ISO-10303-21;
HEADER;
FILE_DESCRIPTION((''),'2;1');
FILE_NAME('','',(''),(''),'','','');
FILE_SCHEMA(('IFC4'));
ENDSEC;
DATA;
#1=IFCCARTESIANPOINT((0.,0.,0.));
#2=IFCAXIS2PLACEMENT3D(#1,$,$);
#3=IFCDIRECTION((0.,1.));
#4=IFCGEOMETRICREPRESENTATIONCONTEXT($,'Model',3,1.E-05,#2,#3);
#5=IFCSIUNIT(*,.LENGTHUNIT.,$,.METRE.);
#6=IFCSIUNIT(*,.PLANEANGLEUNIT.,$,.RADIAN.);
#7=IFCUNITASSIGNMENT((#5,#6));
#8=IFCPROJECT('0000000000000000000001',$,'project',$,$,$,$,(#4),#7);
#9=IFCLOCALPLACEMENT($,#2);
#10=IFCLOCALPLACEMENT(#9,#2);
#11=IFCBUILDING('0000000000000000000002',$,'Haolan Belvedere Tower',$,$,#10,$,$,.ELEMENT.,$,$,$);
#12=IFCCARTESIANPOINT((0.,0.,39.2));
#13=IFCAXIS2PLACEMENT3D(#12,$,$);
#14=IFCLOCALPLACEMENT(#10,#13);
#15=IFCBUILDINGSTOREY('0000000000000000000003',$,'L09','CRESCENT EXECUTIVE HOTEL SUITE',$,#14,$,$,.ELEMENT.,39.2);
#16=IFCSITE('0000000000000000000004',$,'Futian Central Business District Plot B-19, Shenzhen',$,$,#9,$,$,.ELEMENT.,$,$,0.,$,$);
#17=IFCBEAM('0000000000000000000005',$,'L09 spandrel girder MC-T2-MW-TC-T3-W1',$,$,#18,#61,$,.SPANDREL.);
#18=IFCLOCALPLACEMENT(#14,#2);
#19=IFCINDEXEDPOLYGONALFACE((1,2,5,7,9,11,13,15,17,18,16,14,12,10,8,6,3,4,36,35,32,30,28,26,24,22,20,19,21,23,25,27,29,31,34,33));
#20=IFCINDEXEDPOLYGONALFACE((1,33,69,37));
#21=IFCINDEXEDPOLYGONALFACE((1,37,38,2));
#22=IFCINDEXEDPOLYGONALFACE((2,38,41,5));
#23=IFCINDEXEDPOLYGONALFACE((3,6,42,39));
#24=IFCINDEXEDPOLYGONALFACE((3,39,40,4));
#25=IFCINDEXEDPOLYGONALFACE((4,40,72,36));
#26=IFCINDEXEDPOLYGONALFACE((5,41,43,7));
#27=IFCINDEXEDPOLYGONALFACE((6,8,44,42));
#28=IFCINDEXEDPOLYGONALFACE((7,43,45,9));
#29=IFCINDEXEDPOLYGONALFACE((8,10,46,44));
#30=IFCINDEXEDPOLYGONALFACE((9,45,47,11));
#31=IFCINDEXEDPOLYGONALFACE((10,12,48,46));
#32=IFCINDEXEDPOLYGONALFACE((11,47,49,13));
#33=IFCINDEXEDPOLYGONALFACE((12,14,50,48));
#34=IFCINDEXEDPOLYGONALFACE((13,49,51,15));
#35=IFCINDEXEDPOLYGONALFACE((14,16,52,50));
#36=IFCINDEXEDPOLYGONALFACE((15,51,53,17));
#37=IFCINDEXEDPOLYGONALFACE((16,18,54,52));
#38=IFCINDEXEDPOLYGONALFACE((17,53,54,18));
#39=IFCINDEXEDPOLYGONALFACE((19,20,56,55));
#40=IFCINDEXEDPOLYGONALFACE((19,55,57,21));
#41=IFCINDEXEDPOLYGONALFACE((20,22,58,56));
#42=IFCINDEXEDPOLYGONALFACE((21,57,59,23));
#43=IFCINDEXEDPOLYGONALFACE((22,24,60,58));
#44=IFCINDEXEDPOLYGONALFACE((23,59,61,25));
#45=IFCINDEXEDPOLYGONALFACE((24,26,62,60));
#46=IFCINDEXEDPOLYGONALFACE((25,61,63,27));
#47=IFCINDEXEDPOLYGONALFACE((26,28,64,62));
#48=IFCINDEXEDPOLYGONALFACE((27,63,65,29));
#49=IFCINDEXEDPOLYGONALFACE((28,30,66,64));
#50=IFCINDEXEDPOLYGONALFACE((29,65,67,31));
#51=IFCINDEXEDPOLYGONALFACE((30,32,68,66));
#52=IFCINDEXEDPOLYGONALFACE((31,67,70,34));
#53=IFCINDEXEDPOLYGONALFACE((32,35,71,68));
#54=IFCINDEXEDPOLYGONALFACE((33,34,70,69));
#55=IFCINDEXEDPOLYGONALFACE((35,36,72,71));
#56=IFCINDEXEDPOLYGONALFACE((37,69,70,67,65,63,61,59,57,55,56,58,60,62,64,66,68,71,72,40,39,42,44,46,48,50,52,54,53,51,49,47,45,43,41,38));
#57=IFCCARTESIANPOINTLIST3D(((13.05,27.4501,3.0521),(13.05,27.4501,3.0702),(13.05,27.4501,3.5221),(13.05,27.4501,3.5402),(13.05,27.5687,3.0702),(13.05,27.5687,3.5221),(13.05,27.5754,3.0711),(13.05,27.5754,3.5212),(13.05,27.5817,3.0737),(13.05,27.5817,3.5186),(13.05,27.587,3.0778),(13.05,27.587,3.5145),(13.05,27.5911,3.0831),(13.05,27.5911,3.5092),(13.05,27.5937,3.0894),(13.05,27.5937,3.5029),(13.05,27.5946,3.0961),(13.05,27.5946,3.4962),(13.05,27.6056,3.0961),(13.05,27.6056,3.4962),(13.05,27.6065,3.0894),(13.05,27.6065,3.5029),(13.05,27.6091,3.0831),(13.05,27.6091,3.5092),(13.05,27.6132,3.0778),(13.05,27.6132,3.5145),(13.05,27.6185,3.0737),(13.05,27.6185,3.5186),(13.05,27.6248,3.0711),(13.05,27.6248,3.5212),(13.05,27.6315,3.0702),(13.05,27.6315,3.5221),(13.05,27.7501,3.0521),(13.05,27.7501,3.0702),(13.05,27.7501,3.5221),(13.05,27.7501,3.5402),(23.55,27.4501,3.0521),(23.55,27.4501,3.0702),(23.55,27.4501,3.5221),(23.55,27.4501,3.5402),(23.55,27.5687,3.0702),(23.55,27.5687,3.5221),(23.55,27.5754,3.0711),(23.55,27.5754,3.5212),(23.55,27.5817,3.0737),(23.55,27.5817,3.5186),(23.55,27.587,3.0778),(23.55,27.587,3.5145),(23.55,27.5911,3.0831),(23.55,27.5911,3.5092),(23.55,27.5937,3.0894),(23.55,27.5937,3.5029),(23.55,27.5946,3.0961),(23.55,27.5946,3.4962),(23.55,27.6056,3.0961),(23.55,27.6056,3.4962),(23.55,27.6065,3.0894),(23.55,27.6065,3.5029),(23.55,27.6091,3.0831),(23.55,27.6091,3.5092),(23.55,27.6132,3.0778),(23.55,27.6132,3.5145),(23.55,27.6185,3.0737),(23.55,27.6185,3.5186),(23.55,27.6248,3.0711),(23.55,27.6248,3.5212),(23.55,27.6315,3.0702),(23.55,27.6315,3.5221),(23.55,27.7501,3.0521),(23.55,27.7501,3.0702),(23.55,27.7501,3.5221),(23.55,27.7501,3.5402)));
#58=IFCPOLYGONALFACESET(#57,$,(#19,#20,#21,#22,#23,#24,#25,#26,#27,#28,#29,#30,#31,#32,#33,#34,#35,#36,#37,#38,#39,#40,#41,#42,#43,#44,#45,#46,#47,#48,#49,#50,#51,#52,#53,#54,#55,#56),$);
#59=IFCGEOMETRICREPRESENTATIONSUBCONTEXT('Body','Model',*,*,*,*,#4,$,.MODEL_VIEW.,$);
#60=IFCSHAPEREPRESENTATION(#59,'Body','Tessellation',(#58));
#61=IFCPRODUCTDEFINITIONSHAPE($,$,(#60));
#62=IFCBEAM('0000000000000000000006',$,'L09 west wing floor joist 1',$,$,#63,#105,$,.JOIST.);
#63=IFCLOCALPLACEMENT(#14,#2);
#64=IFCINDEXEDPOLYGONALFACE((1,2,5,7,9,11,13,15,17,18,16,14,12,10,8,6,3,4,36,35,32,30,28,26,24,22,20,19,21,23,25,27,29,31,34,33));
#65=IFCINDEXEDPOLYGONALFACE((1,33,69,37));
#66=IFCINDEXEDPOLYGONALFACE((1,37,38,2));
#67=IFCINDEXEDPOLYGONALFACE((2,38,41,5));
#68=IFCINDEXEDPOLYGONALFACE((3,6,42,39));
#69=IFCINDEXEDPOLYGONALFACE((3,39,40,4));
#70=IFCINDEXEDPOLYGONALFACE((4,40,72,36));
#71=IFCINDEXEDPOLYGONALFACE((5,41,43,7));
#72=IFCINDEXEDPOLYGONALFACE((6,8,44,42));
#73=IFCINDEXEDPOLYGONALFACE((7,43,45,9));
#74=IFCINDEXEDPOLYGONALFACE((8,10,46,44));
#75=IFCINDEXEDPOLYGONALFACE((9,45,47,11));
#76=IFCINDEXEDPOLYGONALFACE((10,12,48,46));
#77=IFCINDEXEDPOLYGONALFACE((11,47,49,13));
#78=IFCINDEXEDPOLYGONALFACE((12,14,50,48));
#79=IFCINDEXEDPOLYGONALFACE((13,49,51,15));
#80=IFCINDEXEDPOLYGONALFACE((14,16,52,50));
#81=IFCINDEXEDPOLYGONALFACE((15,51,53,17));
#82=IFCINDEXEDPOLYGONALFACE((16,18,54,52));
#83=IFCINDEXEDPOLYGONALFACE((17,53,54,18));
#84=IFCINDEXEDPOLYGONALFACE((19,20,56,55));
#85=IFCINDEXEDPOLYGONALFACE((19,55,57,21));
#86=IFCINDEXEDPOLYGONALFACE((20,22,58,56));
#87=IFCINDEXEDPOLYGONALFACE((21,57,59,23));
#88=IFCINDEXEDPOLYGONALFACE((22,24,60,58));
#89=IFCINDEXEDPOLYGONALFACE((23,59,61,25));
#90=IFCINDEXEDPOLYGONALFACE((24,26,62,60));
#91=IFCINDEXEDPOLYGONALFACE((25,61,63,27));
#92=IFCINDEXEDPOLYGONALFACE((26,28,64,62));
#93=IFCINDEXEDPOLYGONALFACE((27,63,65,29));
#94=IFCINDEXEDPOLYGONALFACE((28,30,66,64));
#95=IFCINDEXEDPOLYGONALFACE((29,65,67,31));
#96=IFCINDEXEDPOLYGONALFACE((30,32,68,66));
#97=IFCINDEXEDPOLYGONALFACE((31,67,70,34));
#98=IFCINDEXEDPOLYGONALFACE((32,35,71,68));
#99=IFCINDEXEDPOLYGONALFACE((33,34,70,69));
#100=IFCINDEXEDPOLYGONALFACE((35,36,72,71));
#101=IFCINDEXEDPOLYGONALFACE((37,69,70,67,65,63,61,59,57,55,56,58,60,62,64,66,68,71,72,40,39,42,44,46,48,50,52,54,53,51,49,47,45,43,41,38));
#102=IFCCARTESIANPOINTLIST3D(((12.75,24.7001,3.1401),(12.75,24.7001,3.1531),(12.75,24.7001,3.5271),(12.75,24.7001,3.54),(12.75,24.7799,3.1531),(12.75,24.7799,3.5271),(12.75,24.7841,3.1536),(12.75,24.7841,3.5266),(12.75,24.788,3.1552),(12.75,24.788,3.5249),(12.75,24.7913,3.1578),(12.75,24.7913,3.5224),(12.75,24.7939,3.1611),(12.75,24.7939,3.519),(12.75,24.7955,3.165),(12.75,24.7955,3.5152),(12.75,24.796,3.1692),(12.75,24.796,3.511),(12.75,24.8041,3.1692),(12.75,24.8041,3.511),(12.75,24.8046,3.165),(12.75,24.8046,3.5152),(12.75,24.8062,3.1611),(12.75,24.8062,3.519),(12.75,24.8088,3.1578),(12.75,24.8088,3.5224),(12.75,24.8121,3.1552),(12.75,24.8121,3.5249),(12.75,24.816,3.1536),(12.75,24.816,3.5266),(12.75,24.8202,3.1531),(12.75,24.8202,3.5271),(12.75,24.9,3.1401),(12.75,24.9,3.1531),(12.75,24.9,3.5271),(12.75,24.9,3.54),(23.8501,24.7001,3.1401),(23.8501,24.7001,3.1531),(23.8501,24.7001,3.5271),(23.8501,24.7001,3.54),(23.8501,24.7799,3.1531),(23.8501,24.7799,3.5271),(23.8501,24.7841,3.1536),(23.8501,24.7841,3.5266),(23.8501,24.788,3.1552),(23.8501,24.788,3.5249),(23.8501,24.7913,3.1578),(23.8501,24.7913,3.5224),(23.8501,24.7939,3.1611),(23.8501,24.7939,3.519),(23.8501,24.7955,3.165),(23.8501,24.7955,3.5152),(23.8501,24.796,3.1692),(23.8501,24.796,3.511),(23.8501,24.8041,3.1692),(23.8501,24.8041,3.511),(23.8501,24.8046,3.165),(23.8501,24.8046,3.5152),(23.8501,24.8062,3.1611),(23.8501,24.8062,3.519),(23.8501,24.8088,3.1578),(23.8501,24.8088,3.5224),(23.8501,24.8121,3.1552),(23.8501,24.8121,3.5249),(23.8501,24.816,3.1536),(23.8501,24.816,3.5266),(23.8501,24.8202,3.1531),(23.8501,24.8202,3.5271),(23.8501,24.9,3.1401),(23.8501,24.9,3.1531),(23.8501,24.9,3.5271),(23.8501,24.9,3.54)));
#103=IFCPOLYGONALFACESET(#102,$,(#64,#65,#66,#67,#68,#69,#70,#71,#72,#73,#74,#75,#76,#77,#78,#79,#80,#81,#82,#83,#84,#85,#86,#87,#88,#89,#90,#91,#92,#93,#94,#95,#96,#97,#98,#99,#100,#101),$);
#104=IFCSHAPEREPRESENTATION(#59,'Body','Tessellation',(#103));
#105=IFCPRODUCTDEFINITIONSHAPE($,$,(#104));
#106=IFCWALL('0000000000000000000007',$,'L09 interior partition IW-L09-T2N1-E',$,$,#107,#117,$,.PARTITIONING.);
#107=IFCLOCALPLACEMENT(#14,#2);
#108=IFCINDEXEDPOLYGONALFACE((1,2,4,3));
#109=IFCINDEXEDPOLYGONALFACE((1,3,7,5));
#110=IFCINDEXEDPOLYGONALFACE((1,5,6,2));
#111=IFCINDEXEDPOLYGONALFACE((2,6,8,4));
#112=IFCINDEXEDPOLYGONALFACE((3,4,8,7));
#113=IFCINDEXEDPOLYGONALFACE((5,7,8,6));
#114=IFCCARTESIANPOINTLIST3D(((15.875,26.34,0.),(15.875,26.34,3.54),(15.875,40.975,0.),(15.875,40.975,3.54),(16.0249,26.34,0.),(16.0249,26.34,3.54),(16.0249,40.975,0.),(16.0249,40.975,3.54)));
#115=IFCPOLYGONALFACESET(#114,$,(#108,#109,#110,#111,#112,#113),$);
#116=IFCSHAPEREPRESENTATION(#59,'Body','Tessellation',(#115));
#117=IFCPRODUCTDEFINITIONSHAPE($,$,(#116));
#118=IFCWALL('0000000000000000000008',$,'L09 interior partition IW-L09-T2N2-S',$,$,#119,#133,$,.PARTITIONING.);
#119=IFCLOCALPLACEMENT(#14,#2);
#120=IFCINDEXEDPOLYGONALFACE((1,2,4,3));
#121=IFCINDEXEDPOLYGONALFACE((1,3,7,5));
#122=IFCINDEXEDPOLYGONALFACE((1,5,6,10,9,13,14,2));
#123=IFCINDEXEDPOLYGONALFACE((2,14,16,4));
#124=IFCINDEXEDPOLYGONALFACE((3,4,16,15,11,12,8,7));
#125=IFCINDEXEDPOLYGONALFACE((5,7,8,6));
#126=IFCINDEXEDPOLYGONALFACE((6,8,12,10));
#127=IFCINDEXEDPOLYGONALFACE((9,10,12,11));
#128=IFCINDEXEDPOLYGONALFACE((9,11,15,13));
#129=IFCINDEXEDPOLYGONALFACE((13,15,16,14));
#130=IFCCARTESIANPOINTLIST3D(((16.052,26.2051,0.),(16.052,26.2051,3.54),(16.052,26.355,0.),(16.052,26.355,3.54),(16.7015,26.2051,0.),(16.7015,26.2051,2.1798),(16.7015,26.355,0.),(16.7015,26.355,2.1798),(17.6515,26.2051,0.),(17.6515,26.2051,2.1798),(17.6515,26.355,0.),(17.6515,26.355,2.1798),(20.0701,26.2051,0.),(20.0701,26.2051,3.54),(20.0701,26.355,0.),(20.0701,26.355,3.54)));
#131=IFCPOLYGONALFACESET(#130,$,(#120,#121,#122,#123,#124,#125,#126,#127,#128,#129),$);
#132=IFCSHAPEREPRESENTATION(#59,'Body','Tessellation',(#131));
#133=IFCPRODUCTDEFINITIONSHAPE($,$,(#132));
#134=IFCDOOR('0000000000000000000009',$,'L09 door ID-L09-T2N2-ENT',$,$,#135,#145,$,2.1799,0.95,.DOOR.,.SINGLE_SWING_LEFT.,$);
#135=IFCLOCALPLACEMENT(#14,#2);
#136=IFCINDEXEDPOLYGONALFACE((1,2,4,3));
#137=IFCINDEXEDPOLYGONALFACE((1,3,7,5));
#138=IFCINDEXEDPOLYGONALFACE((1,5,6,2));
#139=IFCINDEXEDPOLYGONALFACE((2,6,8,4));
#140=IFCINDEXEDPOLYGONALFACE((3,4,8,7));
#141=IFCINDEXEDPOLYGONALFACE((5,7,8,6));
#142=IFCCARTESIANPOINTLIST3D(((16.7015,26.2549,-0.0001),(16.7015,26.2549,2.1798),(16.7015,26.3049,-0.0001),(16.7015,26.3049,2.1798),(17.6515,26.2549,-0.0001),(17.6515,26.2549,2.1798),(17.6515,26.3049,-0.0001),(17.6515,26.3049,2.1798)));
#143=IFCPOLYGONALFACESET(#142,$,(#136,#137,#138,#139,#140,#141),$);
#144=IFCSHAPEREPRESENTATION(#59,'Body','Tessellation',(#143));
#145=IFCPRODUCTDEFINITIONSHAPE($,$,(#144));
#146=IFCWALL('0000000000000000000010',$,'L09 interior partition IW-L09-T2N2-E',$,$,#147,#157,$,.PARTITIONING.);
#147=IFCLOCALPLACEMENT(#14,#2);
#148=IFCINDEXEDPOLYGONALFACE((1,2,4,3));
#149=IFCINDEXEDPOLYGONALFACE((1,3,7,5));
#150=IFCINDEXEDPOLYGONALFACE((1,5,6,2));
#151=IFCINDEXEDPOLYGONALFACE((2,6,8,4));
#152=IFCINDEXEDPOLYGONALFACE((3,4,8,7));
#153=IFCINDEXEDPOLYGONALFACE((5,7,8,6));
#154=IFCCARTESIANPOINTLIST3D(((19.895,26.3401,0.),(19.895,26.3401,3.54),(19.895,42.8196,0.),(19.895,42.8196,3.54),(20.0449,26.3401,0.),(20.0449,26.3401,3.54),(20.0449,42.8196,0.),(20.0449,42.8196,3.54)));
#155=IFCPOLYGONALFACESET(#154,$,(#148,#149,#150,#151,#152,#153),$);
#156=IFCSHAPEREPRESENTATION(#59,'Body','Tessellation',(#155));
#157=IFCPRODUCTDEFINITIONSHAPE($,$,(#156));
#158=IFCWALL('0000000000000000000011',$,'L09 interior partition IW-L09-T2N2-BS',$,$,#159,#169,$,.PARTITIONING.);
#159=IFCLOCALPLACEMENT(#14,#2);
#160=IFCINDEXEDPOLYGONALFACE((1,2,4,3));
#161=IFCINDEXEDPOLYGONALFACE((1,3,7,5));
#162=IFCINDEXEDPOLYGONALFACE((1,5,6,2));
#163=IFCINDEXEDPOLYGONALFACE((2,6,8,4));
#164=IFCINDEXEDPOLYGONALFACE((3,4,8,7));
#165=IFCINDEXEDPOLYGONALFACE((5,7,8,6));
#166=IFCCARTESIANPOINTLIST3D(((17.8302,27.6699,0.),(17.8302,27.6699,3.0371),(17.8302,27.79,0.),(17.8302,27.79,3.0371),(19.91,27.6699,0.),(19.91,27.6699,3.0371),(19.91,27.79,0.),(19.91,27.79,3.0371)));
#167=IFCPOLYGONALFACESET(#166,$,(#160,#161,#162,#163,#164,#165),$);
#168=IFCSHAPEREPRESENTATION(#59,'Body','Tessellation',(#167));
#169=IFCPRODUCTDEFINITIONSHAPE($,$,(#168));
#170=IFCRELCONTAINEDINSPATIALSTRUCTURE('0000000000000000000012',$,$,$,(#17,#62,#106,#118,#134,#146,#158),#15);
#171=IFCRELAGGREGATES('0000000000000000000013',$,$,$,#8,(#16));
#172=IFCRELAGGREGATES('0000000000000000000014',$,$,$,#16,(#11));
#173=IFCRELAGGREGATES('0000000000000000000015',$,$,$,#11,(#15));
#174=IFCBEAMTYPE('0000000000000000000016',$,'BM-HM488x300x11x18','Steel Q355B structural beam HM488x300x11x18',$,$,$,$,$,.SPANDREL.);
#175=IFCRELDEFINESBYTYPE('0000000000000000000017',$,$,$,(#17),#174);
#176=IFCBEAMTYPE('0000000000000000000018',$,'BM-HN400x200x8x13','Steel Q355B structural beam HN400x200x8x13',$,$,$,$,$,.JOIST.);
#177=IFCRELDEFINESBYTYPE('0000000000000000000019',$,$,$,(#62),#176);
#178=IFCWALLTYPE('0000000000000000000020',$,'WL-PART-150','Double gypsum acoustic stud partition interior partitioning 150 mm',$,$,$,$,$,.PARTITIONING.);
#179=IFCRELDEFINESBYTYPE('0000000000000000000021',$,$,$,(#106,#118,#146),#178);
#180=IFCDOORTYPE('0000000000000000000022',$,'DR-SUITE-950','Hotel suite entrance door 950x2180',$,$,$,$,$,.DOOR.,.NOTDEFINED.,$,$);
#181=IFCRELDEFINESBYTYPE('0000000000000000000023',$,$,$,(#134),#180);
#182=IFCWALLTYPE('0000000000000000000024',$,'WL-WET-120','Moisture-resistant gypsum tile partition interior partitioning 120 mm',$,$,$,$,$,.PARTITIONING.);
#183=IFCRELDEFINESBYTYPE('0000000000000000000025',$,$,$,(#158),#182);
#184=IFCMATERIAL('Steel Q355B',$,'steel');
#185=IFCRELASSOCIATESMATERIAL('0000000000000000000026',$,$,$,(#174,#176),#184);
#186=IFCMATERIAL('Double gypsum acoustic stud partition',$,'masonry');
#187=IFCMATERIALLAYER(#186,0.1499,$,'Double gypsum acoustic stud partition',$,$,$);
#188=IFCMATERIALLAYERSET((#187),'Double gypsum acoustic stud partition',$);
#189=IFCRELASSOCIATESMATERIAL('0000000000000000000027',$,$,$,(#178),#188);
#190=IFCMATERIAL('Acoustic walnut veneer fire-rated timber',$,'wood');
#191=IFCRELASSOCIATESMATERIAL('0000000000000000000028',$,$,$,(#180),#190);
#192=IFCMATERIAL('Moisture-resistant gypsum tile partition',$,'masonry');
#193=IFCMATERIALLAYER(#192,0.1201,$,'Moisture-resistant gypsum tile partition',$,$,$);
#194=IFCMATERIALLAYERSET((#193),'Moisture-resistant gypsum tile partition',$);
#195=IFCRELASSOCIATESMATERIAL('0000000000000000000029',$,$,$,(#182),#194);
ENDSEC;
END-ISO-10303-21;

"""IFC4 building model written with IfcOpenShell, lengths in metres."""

from ifc_helpers import new_model, si_unit, direction, frame, frame_2d, origin, origin_2d, place, context, subcontext, project, spatial, rectangle, i_section, extrude, material, layer, layer_set, material_profile, profile_set, type_object, element, fill, save


model = new_model("IFC4")

# Units and contexts
model_context = context("Model", 3, precision=1e-05, world=origin(), true_north=direction((0.0, 1.0)))
body_context = subcontext(model_context, "Body", "Model", "MODEL_VIEW")
ifc_project = project(units=[si_unit("LENGTHUNIT", "METRE"), si_unit("PLANEANGLEUNIT", "RADIAN")], contexts=[model_context])

# Site, building, storey
site_placement = place(None, origin())
site = spatial("IfcSite", under=ifc_project, at=site_placement, Name="Futian Central Business District Plot B-19, Shenzhen", CompositionType="ELEMENT", RefElevation=0.0)
building_placement = place(site_placement, origin())
building = spatial("IfcBuilding", under=site, at=building_placement, Name="Haolan Belvedere Tower", CompositionType="ELEMENT")
storey_placement = place(building_placement, frame((0.0, 0.0, 39.2)))
storey = spatial("IfcBuildingStorey", under=building, at=storey_placement, Name="L09", Description="CRESCENT EXECUTIVE HOTEL SUITE", CompositionType="ELEMENT", Elevation=39.2)

# Beams
ifc_material_1 = material(Name="Steel Q355B", Category="steel")
ifc_material_profile_1 = material_profile(ifc_material_1, i_section(OverallWidth=0.3, OverallDepth=0.488, WebThickness=0.011, FlangeThickness=0.0181, FilletRadius=0.0259, at=origin_2d()), Name="Steel Q355B")
ifc_profile_set_1 = profile_set([ifc_material_profile_1], Name="Steel Q355B")
beam_type_1 = type_object("IfcBeamType", Name="BM-HM488x300x11x18", Description="Steel Q355B structural beam HM488x300x11x18", PredefinedType="SPANDREL", material=ifc_profile_set_1)
beam_1_placement = place(storey_placement, frame((13.05, 27.6001, 3.2961), z_axis=(1.0, 0.0, 0.0), x_axis=(0.0, 1.0, 0.0)))
element("IfcBeam", 1, at=beam_1_placement, inside=storey, type_object=beam_type_1, Name="L09 spandrel girder MC-T2-MW-TC-T3-W1", PredefinedType="SPANDREL", context=body_context, shape_type="SweptSolid", body=[
    extrude(i_section(OverallWidth=0.3, OverallDepth=0.488, WebThickness=0.011, FlangeThickness=0.0181, FilletRadius=0.0259, at=origin_2d()), origin(), (0.0, 0.0, 1.0), 10.5),
])
ifc_material_profile_2 = material_profile(ifc_material_1, i_section(OverallWidth=0.2, OverallDepth=0.3999, WebThickness=0.0081, FlangeThickness=0.0129, FilletRadius=0.0161, at=origin_2d()), Name="Steel Q355B")
ifc_profile_set_2 = profile_set([ifc_material_profile_2], Name="Steel Q355B")
beam_type_2 = type_object("IfcBeamType", Name="BM-HN400x200x8x13", Description="Steel Q355B structural beam HN400x200x8x13", PredefinedType="JOIST", material=ifc_profile_set_2)
beam_2_placement = place(storey_placement, frame((12.75, 24.8, 3.3401), z_axis=(1.0, 0.0, 0.0), x_axis=(0.0, 1.0, 0.0)))
element("IfcBeam", 2, at=beam_2_placement, inside=storey, type_object=beam_type_2, Name="L09 west wing floor joist 1", PredefinedType="JOIST", context=body_context, shape_type="SweptSolid", body=[
    extrude(i_section(OverallWidth=0.2, OverallDepth=0.3999, WebThickness=0.0081, FlangeThickness=0.0129, FilletRadius=0.0161, at=origin_2d()), origin(), (0.0, 0.0, 1.0), 11.1001),
])

# Wall
ifc_material_2 = material(Name="Double gypsum acoustic stud partition", Category="masonry")
ifc_layer_1 = layer(ifc_material_2, 0.1499, Name="Double gypsum acoustic stud partition")
ifc_layer_set_1 = layer_set([ifc_layer_1], Name="Double gypsum acoustic stud partition")
wall_type_1 = type_object("IfcWallType", Name="WL-PART-150", Description="Double gypsum acoustic stud partition interior partitioning 150 mm", PredefinedType="PARTITIONING", material=ifc_layer_set_1)
wall_1_placement = place(storey_placement, frame((15.95, 26.3401, 0.0), z_axis=(0.0, 0.0, 1.0), x_axis=(0.0, 1.0, 0.0)))
element("IfcWall", 3, at=wall_1_placement, inside=storey, type_object=wall_type_1, Name="L09 interior partition IW-L09-T2N1-E", PredefinedType="PARTITIONING", context=body_context, shape_type="SweptSolid", body=[
    extrude(rectangle(XDim=14.635, YDim=0.1499, at=frame_2d((7.3174, 0.0))), origin(), (0.0, 0.0, 1.0), 3.54),
])

# Wall, opening, door
wall_2_placement = place(storey_placement, frame((16.052, 26.28, 0.0), z_axis=(0.0, 0.0, 1.0), x_axis=(1.0, 0.0, 0.0)))
wall_2 = element("IfcWall", 4, at=wall_2_placement, inside=storey, type_object=wall_type_1, Name="L09 interior partition IW-L09-T2N2-S", PredefinedType="PARTITIONING", context=body_context, shape_type="SweptSolid", body=[
    extrude(rectangle(XDim=4.0181, YDim=0.1499, at=frame_2d((2.009, 0.0))), origin(), (0.0, 0.0, 1.0), 3.54),
])
opening_1_placement = place(wall_2_placement, frame((0.6494, 0.0, 0.0)))
opening_1 = element("IfcOpeningElement", 5, at=opening_1_placement, cuts=wall_2, PredefinedType="OPENING", context=body_context, shape_type="SweptSolid", body=[
    extrude(rectangle(XDim=0.95, YDim=2.1799, at=frame_2d((0.4751, 1.0898))), frame((0.0, 0.085, 0.0), z_axis=(0.0, -1.0, 0.0), x_axis=(1.0, 0.0, 0.0)), (0.0, 0.0, 1.0), 0.1699),
])
ifc_material_3 = material(Name="Acoustic walnut veneer fire-rated timber", Category="wood")
door_type_1 = type_object("IfcDoorType", Name="DR-SUITE-950", Description="Hotel suite entrance door 950x2180", OperationType="NOTDEFINED", PredefinedType="DOOR", material=ifc_material_3)
door_1_placement = place(opening_1_placement, origin())
door_1 = element("IfcDoor", 6, at=door_1_placement, inside=storey, type_object=door_type_1, Name="L09 door ID-L09-T2N2-ENT", OperationType="SINGLE_SWING_LEFT", OverallHeight=2.1799, OverallWidth=0.95, PredefinedType="DOOR", context=body_context, shape_type="SweptSolid", body=[
    extrude(rectangle(XDim=0.95, YDim=2.1799, at=frame_2d((0.4751, 1.0898))), frame((0.0, 0.0249, 0.0), z_axis=(0.0, -1.0, 0.0), x_axis=(1.0, 0.0, 0.0)), (0.0, 0.0, 1.0), 0.05),
])
fill(opening_1, door_1)

# Wall
wall_3_placement = place(storey_placement, frame((19.97, 26.3401, 0.0), z_axis=(0.0, 0.0, 1.0), x_axis=(0.0, 1.0, 0.0)))
element("IfcWall", 7, at=wall_3_placement, inside=storey, type_object=wall_type_1, Name="L09 interior partition IW-L09-T2N2-E", PredefinedType="PARTITIONING", context=body_context, shape_type="SweptSolid", body=[
    extrude(rectangle(XDim=16.4795, YDim=0.1499, at=frame_2d((8.2397, 0.0))), origin(), (0.0, 0.0, 1.0), 3.54),
])

# Wall
ifc_material_4 = material(Name="Moisture-resistant gypsum tile partition", Category="masonry")
ifc_layer_2 = layer(ifc_material_4, 0.1201, Name="Moisture-resistant gypsum tile partition")
ifc_layer_set_2 = layer_set([ifc_layer_2], Name="Moisture-resistant gypsum tile partition")
wall_type_2 = type_object("IfcWallType", Name="WL-WET-120", Description="Moisture-resistant gypsum tile partition interior partitioning 120 mm", PredefinedType="PARTITIONING", material=ifc_layer_set_2)
wall_4_placement = place(storey_placement, frame((17.8301, 27.73, 0.0), z_axis=(0.0, 0.0, 1.0), x_axis=(1.0, 0.0, 0.0)))
element("IfcWall", 8, at=wall_4_placement, inside=storey, type_object=wall_type_2, Name="L09 interior partition IW-L09-T2N2-BS", PredefinedType="PARTITIONING", context=body_context, shape_type="SweptSolid", body=[
    extrude(rectangle(XDim=2.0798, YDim=0.1201, at=frame_2d((1.04, 0.0))), origin(), (0.0, 0.0, 1.0), 3.0371),
])

save(model, "model.ifc")
